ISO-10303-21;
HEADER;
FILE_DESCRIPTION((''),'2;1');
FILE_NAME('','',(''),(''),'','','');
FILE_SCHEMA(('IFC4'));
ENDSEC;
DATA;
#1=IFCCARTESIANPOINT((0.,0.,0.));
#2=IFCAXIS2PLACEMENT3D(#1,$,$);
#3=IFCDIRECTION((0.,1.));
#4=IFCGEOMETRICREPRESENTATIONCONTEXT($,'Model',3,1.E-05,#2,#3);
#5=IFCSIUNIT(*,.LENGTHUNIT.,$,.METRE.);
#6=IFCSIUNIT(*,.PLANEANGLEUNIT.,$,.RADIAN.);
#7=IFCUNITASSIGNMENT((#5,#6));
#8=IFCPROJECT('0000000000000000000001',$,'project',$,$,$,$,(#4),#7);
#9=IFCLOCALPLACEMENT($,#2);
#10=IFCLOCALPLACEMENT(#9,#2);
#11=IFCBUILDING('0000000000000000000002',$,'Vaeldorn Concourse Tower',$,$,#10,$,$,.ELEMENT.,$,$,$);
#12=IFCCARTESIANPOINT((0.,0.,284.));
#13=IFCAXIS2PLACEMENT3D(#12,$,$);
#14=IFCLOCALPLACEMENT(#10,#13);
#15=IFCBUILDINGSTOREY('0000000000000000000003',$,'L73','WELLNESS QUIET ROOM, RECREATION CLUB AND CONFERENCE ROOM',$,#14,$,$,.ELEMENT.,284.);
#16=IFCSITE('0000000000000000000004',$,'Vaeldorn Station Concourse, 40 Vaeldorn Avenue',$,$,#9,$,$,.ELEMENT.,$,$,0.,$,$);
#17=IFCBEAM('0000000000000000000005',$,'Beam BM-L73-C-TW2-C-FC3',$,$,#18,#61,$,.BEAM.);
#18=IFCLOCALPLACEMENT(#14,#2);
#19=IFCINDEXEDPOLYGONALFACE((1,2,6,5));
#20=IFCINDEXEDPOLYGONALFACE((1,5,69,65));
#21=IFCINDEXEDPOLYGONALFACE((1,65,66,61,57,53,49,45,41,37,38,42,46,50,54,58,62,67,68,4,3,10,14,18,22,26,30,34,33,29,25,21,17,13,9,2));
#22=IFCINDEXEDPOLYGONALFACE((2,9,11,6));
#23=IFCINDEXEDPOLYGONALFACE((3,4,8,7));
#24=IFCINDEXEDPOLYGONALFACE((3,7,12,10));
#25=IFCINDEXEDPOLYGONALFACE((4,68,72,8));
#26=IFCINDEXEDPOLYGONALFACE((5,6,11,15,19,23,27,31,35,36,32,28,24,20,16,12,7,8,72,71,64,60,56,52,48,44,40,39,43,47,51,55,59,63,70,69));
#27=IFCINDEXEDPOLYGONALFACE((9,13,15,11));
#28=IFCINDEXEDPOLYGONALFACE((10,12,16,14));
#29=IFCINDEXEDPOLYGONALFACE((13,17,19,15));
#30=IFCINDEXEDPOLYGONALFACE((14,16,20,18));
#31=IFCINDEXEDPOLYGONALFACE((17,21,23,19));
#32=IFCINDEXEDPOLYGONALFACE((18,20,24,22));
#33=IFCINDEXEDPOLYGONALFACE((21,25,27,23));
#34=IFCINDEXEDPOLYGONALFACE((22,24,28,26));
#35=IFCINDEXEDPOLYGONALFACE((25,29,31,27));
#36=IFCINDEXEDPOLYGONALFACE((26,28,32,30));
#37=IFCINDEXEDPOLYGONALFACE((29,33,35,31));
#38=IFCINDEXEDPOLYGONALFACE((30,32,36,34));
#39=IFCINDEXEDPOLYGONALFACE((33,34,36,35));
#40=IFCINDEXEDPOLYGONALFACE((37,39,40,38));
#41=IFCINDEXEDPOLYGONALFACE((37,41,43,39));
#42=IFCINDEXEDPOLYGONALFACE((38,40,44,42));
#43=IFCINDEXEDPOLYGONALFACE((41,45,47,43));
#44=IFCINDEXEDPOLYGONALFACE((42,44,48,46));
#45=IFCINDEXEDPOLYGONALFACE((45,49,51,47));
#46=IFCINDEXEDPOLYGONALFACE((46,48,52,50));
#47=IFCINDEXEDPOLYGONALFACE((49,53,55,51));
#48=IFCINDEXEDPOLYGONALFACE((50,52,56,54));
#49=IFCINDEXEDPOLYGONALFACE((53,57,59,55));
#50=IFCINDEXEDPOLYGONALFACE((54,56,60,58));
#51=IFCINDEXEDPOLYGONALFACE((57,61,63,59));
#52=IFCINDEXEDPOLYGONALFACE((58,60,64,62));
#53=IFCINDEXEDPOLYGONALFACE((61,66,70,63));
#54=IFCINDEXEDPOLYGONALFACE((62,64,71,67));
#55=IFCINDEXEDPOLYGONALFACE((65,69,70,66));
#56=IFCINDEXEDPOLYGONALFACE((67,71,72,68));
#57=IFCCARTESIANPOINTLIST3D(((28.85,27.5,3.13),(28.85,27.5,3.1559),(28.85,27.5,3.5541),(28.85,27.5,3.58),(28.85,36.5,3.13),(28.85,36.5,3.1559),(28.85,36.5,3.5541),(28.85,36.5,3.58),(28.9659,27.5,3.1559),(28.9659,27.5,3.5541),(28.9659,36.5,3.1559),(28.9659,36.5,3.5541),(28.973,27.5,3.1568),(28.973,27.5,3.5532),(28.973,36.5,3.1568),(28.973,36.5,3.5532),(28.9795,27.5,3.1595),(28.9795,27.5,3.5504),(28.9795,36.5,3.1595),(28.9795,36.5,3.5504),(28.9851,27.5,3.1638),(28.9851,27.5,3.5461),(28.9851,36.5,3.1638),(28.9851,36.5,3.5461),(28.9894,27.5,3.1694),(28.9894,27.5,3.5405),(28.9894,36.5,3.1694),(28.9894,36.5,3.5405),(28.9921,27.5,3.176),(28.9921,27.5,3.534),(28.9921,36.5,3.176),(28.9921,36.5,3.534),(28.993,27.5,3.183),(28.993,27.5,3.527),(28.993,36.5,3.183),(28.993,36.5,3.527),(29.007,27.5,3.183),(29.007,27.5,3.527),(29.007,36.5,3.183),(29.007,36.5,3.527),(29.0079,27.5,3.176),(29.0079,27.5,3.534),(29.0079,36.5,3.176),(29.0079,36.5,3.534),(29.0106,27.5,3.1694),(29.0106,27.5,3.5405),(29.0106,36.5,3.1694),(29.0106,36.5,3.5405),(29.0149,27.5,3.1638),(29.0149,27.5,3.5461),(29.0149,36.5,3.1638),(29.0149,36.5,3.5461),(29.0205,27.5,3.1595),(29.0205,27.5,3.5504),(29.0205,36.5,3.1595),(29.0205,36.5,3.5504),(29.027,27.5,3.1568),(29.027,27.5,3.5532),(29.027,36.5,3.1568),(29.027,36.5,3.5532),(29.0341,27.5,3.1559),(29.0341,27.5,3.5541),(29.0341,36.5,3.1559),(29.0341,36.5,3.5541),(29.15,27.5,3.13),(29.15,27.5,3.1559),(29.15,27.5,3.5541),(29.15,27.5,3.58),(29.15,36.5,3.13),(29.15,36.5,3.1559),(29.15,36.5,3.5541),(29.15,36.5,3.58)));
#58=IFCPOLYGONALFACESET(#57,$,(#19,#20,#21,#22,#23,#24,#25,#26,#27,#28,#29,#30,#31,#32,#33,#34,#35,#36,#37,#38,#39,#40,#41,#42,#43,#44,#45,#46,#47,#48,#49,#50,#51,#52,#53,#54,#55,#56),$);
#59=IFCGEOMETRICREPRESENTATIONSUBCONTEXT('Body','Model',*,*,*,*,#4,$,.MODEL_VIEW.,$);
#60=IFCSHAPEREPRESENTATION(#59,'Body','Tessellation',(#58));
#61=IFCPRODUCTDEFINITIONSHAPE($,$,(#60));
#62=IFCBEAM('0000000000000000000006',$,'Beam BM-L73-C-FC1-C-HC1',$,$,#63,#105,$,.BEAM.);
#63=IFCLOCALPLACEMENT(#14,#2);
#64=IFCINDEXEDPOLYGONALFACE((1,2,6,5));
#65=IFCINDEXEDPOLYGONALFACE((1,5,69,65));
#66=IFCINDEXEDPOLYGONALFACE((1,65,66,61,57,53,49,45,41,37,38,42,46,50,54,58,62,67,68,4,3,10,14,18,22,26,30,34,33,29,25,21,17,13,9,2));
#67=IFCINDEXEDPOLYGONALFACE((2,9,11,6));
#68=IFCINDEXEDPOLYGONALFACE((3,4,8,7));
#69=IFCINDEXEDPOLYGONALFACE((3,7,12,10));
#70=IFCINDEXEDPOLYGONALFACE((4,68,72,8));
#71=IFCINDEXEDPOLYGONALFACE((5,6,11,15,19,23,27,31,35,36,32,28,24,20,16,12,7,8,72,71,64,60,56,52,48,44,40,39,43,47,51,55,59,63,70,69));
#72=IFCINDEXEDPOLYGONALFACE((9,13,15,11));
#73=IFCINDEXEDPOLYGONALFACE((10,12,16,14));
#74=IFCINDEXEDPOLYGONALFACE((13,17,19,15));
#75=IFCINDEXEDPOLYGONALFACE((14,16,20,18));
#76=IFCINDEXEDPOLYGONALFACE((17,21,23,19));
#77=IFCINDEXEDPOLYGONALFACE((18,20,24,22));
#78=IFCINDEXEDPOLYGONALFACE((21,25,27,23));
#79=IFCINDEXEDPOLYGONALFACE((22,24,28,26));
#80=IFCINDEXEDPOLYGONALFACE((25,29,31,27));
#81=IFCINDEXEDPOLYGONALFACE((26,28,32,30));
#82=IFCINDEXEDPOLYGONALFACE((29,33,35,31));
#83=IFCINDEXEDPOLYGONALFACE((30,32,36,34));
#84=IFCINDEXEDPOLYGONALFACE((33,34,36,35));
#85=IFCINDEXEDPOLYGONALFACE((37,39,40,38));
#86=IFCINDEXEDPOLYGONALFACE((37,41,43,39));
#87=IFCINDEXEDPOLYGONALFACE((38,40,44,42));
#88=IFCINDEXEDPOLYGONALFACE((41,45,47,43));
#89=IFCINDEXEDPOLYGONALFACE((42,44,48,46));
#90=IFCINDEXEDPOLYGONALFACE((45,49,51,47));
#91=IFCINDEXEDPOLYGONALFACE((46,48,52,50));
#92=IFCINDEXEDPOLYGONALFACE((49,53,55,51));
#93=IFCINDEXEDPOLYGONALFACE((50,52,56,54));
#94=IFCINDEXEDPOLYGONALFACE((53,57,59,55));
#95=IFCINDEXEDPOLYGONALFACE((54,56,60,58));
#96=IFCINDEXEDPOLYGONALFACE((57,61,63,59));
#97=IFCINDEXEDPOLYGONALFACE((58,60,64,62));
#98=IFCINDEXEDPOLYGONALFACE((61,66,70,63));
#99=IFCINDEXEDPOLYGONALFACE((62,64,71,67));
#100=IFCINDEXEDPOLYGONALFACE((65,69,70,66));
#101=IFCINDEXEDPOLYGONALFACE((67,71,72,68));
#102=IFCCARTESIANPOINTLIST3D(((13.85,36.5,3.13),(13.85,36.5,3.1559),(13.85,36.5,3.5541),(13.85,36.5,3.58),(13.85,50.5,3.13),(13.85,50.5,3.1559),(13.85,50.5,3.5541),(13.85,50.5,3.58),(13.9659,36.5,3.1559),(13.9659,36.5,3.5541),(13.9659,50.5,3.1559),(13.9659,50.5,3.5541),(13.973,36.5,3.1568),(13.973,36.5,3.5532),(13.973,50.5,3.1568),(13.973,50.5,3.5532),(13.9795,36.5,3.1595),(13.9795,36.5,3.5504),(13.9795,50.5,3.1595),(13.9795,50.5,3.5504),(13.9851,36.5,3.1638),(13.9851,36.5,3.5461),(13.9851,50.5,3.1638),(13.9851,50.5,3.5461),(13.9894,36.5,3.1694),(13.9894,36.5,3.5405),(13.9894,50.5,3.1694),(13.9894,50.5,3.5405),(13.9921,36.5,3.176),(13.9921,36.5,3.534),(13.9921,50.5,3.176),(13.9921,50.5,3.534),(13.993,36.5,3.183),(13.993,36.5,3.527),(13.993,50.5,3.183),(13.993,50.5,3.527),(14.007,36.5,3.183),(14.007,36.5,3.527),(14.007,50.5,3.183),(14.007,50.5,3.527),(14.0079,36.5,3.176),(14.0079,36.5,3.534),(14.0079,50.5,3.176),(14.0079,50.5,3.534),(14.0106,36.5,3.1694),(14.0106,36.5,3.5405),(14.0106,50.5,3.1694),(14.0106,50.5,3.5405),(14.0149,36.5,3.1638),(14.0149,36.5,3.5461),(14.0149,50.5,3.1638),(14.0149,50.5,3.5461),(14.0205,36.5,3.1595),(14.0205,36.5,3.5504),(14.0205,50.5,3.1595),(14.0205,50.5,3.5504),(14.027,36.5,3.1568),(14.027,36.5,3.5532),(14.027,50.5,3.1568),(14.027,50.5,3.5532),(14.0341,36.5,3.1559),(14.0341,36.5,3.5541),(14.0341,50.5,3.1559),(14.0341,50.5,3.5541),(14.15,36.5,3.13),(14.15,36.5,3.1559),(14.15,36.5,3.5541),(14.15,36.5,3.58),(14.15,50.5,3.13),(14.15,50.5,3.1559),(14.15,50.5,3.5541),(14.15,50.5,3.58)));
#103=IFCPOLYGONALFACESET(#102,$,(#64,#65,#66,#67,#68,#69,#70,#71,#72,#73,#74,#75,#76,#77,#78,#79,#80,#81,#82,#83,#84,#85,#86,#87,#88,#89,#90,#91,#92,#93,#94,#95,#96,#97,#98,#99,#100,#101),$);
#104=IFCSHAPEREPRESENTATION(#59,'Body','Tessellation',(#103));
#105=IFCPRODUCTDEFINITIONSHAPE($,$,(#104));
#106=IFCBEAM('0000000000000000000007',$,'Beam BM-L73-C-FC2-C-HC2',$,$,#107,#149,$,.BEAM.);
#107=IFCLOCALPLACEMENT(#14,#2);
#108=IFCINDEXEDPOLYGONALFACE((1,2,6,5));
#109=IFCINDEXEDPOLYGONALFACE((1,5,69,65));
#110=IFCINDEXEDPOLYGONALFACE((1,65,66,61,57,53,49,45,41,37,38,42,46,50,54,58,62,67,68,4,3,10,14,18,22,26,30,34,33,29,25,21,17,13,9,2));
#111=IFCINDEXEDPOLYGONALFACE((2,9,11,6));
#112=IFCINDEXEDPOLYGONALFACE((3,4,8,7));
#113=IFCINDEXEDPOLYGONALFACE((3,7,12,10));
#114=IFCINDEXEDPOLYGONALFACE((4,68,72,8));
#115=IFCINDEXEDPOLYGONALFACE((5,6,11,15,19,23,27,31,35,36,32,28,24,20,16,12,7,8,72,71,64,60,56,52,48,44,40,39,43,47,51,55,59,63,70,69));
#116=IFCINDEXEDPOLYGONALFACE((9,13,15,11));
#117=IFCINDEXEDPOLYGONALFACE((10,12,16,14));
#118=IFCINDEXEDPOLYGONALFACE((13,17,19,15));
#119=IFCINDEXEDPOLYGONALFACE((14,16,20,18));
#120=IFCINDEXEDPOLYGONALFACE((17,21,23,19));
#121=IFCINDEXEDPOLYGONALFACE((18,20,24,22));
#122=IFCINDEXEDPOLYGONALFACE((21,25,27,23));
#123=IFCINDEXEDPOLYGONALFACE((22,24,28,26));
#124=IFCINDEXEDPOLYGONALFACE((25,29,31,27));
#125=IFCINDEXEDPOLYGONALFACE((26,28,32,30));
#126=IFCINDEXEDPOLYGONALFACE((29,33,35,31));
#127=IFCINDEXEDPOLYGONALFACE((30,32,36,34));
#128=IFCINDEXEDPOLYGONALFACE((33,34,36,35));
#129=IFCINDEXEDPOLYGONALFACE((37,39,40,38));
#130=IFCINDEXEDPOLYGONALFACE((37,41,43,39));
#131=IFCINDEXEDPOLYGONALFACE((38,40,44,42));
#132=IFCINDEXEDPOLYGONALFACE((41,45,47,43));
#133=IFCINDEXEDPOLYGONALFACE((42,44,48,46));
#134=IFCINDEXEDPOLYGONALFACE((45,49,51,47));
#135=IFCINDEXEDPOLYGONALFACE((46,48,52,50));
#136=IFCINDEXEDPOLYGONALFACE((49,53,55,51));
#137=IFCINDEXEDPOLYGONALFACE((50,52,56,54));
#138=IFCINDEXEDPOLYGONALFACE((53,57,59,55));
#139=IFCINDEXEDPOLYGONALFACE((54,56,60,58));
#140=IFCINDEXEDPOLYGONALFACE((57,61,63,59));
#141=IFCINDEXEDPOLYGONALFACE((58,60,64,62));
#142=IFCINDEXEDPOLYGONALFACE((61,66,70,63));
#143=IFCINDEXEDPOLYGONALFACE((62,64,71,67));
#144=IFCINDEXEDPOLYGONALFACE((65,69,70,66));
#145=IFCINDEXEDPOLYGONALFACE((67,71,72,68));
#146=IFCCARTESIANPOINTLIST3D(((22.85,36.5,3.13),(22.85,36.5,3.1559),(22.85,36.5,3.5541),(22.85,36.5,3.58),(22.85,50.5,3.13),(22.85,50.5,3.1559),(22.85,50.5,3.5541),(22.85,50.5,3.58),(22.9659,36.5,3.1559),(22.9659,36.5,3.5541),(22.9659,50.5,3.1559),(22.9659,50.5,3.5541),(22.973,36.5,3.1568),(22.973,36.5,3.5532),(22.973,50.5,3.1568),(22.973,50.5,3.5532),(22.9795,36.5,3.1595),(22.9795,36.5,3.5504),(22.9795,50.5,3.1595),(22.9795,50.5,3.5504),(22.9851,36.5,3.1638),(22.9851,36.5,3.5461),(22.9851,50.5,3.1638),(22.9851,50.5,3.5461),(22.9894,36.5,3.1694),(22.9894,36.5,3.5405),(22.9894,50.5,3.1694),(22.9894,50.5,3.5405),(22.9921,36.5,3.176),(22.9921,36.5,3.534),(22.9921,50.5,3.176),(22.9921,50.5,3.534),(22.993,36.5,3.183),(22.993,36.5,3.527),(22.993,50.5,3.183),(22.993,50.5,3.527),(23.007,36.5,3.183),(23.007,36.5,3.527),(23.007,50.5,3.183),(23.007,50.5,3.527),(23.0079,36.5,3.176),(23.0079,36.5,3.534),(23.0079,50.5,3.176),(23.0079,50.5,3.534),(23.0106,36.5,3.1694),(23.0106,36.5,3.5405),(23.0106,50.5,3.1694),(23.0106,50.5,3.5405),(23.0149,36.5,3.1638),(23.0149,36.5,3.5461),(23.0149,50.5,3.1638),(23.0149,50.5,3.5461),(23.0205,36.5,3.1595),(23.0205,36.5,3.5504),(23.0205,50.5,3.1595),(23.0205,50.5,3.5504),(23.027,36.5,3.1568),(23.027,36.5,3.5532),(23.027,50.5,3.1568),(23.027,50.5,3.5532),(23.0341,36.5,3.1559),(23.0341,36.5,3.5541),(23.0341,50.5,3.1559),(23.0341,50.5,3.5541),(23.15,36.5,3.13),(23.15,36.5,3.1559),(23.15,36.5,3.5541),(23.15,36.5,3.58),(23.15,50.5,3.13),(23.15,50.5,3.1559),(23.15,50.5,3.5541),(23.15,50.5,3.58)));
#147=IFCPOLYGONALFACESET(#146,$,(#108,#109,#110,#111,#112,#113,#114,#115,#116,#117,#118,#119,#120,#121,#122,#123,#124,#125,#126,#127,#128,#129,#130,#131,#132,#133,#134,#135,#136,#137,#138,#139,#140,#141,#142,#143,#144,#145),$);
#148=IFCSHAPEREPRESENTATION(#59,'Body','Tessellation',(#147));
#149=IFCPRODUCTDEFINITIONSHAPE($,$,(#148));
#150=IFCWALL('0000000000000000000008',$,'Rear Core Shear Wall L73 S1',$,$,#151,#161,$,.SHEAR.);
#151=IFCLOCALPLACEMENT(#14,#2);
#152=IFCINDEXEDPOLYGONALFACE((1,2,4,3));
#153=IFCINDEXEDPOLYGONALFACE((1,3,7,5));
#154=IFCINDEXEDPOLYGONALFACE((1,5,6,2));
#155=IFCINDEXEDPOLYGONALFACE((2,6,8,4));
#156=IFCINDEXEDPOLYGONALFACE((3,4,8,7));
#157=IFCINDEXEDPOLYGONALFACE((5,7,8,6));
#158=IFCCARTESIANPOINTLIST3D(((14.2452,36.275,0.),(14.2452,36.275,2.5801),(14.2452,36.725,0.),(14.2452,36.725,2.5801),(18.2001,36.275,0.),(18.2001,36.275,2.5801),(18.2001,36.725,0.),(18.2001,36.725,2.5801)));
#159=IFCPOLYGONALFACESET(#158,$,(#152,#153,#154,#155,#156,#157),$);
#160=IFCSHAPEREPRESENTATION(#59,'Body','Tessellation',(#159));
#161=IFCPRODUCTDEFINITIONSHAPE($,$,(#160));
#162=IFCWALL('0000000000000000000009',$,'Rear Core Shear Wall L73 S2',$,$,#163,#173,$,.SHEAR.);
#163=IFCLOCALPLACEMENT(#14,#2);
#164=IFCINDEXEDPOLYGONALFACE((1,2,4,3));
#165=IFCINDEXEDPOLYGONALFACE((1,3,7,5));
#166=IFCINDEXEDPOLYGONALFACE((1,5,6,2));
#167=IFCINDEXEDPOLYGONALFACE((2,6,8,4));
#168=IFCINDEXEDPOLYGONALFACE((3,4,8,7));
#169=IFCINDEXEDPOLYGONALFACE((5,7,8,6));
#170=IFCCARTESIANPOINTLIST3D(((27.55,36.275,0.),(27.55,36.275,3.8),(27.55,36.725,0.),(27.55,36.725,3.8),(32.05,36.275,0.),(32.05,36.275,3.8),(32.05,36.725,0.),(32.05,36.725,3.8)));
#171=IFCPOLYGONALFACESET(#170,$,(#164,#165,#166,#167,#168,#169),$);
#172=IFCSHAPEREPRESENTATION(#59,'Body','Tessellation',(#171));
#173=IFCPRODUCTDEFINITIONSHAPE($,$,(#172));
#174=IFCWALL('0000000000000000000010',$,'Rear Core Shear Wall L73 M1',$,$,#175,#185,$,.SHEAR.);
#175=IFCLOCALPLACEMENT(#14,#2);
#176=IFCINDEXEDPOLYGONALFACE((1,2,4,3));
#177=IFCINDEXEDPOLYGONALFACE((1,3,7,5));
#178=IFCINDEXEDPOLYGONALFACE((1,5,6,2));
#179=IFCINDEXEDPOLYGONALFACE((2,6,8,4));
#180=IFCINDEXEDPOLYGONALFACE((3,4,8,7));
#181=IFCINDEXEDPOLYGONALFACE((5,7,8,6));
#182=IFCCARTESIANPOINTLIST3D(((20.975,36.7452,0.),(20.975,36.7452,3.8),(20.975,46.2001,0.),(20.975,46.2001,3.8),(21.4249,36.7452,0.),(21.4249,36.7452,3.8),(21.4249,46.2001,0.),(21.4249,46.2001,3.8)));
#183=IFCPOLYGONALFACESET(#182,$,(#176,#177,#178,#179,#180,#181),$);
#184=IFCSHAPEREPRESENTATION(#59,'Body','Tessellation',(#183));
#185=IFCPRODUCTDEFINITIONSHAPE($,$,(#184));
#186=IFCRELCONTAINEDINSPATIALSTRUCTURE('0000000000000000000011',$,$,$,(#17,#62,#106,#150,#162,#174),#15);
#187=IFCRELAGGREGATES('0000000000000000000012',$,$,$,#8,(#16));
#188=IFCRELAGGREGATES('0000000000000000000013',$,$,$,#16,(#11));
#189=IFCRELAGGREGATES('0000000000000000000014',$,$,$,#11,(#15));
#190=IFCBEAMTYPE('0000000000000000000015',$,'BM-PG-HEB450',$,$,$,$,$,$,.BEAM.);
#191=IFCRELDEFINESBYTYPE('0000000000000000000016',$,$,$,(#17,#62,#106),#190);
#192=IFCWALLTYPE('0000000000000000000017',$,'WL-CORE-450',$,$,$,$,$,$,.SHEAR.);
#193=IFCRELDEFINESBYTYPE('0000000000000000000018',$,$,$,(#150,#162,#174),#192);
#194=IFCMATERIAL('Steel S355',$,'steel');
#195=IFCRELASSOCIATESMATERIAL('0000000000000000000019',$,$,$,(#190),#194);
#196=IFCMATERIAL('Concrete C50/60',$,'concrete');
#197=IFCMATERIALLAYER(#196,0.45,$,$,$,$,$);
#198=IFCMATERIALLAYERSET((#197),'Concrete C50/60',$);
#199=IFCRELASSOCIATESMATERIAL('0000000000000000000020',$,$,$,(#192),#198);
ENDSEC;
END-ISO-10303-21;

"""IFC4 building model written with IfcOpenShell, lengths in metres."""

from ifc_helpers import new_model, si_unit, direction, frame, frame_2d, origin, origin_2d, place, context, subcontext, project, spatial, rectangle, i_section, extrude, source, transform, mapped, material, layer, layer_set, material_profile, profile_set, type_object, element, save


model = new_model("IFC4")

# Units and contexts
model_context = context("Model", 3, precision=1e-05, world=origin(), true_north=direction((0.0, 1.0)))
body_context = subcontext(model_context, "Body", "Model", "MODEL_VIEW")
ifc_project = project(units=[si_unit("LENGTHUNIT", "METRE"), si_unit("PLANEANGLEUNIT", "RADIAN")], contexts=[model_context])

# Site, building, storey
site_placement = place(None, origin())
site = spatial("IfcSite", under=ifc_project, at=site_placement, Name="Vaeldorn Station Concourse, 40 Vaeldorn Avenue", CompositionType="ELEMENT", RefElevation=0.0)
building_placement = place(site_placement, origin())
building = spatial("IfcBuilding", under=site, at=building_placement, Name="Vaeldorn Concourse Tower", CompositionType="ELEMENT")
storey_placement = place(building_placement, frame((0.0, 0.0, 284.0)))
storey = spatial("IfcBuildingStorey", under=building, at=storey_placement, Name="L73", Description="WELLNESS QUIET ROOM, RECREATION CLUB AND CONFERENCE ROOM", CompositionType="ELEMENT", Elevation=284.0)

# Shared definitions
ifc_material_1 = material(Name="Steel S355", Category="steel")

# Beams
ifc_material_profile_1 = material_profile(ifc_material_1, i_section(OverallWidth=0.3, OverallDepth=0.45, WebThickness=0.0139, FlangeThickness=0.0259, FilletRadius=0.0271, at=origin_2d()), Name="HEB 450")
ifc_profile_set_1 = profile_set([ifc_material_profile_1], Name="Steel S355")
beam_type_1 = type_object("IfcBeamType", Name="BM-PG-HEB450", PredefinedType="BEAM", material=ifc_profile_set_1)
shared_shape_1 = source(origin(), body_context, "Body", "SweptSolid", [
    extrude(i_section(OverallWidth=0.3, OverallDepth=0.45, WebThickness=0.0139, FlangeThickness=0.0259, FilletRadius=0.0271, at=origin_2d()), origin(), (0.0, 0.0, 1.0), 9.0),
])
beam_1_placement = place(storey_placement, frame((29.0, 27.5, 3.355), z_axis=(0.0, 1.0, 0.0), x_axis=(-1.0, 0.0, 0.0)))
element("IfcBeam", 1, at=beam_1_placement, inside=storey, type_object=beam_type_1, Name="Beam BM-L73-C-TW2-C-FC3", PredefinedType="BEAM", context=body_context, shape_type="MappedRepresentation", body=[
    mapped(shared_shape_1, transform((0.0, 0.0, 0.0), scale=1.0)),
])
shared_shape_2 = source(origin(), body_context, "Body", "SweptSolid", [
    extrude(i_section(OverallWidth=0.3, OverallDepth=0.45, WebThickness=0.0139, FlangeThickness=0.0259, FilletRadius=0.0271, at=origin_2d()), origin(), (0.0, 0.0, 1.0), 14.0),
])
for number, where, z_axis, x_axis, name in (
    (2, (14.0, 36.5, 3.355), (0.0, 1.0, 0.0), (-1.0, 0.0, 0.0), "Beam BM-L73-C-FC1-C-HC1"),
    (3, (23.0, 36.5, 3.355), (0.0, 1.0, 0.0), (-1.0, 0.0, 0.0), "Beam BM-L73-C-FC2-C-HC2"),
):
    element("IfcBeam", number, at=place(storey_placement, frame(where, z_axis=z_axis, x_axis=x_axis)), inside=storey, type_object=beam_type_1, Name=name, PredefinedType="BEAM", context=body_context, shape_type="MappedRepresentation", body=[
        mapped(shared_shape_2, transform((0.0, 0.0, 0.0), scale=1.0)),
    ])

# Walls
ifc_material_2 = material(Name="Concrete C50/60", Category="concrete")
ifc_layer_1 = layer(ifc_material_2, 0.45)
ifc_layer_set_1 = layer_set([ifc_layer_1], Name="Concrete C50/60")
wall_type_1 = type_object("IfcWallType", Name="WL-CORE-450", PredefinedType="SHEAR", material=ifc_layer_set_1)
wall_1_placement = place(storey_placement, frame((14.2451, 36.5, 0.0), z_axis=(0.0, 0.0, 1.0), x_axis=(1.0, 0.0, 0.0)))
element("IfcWall", 4, at=wall_1_placement, inside=storey, type_object=wall_type_1, Name="Rear Core Shear Wall L73 S1", PredefinedType="SHEAR", context=body_context, shape_type="SweptSolid", body=[
    extrude(rectangle(XDim=3.9548, YDim=0.45, at=frame_2d((1.9775, 0.0))), origin(), (0.0, 0.0, 1.0), 2.5801),
])
wall_2_placement = place(storey_placement, frame((27.55, 36.5, 0.0), z_axis=(0.0, 0.0, 1.0), x_axis=(1.0, 0.0, 0.0)))
element("IfcWall", 5, at=wall_2_placement, inside=storey, type_object=wall_type_1, Name="Rear Core Shear Wall L73 S2", PredefinedType="SHEAR", context=body_context, shape_type="SweptSolid", body=[
    extrude(rectangle(XDim=4.5, YDim=0.45, at=frame_2d((2.25, 0.0))), origin(), (0.0, 0.0, 1.0), 3.8),
])
wall_3_placement = place(storey_placement, frame((21.2, 36.7451, 0.0), z_axis=(0.0, 0.0, 1.0), x_axis=(0.0, 1.0, 0.0)))
element("IfcWall", 6, at=wall_3_placement, inside=storey, type_object=wall_type_1, Name="Rear Core Shear Wall L73 M1", PredefinedType="SHEAR", context=body_context, shape_type="SweptSolid", body=[
    extrude(rectangle(XDim=9.4548, YDim=0.45, at=frame_2d((4.7275, 0.0))), origin(), (0.0, 0.0, 1.0), 3.8),
])

save(model, "model.ifc")
